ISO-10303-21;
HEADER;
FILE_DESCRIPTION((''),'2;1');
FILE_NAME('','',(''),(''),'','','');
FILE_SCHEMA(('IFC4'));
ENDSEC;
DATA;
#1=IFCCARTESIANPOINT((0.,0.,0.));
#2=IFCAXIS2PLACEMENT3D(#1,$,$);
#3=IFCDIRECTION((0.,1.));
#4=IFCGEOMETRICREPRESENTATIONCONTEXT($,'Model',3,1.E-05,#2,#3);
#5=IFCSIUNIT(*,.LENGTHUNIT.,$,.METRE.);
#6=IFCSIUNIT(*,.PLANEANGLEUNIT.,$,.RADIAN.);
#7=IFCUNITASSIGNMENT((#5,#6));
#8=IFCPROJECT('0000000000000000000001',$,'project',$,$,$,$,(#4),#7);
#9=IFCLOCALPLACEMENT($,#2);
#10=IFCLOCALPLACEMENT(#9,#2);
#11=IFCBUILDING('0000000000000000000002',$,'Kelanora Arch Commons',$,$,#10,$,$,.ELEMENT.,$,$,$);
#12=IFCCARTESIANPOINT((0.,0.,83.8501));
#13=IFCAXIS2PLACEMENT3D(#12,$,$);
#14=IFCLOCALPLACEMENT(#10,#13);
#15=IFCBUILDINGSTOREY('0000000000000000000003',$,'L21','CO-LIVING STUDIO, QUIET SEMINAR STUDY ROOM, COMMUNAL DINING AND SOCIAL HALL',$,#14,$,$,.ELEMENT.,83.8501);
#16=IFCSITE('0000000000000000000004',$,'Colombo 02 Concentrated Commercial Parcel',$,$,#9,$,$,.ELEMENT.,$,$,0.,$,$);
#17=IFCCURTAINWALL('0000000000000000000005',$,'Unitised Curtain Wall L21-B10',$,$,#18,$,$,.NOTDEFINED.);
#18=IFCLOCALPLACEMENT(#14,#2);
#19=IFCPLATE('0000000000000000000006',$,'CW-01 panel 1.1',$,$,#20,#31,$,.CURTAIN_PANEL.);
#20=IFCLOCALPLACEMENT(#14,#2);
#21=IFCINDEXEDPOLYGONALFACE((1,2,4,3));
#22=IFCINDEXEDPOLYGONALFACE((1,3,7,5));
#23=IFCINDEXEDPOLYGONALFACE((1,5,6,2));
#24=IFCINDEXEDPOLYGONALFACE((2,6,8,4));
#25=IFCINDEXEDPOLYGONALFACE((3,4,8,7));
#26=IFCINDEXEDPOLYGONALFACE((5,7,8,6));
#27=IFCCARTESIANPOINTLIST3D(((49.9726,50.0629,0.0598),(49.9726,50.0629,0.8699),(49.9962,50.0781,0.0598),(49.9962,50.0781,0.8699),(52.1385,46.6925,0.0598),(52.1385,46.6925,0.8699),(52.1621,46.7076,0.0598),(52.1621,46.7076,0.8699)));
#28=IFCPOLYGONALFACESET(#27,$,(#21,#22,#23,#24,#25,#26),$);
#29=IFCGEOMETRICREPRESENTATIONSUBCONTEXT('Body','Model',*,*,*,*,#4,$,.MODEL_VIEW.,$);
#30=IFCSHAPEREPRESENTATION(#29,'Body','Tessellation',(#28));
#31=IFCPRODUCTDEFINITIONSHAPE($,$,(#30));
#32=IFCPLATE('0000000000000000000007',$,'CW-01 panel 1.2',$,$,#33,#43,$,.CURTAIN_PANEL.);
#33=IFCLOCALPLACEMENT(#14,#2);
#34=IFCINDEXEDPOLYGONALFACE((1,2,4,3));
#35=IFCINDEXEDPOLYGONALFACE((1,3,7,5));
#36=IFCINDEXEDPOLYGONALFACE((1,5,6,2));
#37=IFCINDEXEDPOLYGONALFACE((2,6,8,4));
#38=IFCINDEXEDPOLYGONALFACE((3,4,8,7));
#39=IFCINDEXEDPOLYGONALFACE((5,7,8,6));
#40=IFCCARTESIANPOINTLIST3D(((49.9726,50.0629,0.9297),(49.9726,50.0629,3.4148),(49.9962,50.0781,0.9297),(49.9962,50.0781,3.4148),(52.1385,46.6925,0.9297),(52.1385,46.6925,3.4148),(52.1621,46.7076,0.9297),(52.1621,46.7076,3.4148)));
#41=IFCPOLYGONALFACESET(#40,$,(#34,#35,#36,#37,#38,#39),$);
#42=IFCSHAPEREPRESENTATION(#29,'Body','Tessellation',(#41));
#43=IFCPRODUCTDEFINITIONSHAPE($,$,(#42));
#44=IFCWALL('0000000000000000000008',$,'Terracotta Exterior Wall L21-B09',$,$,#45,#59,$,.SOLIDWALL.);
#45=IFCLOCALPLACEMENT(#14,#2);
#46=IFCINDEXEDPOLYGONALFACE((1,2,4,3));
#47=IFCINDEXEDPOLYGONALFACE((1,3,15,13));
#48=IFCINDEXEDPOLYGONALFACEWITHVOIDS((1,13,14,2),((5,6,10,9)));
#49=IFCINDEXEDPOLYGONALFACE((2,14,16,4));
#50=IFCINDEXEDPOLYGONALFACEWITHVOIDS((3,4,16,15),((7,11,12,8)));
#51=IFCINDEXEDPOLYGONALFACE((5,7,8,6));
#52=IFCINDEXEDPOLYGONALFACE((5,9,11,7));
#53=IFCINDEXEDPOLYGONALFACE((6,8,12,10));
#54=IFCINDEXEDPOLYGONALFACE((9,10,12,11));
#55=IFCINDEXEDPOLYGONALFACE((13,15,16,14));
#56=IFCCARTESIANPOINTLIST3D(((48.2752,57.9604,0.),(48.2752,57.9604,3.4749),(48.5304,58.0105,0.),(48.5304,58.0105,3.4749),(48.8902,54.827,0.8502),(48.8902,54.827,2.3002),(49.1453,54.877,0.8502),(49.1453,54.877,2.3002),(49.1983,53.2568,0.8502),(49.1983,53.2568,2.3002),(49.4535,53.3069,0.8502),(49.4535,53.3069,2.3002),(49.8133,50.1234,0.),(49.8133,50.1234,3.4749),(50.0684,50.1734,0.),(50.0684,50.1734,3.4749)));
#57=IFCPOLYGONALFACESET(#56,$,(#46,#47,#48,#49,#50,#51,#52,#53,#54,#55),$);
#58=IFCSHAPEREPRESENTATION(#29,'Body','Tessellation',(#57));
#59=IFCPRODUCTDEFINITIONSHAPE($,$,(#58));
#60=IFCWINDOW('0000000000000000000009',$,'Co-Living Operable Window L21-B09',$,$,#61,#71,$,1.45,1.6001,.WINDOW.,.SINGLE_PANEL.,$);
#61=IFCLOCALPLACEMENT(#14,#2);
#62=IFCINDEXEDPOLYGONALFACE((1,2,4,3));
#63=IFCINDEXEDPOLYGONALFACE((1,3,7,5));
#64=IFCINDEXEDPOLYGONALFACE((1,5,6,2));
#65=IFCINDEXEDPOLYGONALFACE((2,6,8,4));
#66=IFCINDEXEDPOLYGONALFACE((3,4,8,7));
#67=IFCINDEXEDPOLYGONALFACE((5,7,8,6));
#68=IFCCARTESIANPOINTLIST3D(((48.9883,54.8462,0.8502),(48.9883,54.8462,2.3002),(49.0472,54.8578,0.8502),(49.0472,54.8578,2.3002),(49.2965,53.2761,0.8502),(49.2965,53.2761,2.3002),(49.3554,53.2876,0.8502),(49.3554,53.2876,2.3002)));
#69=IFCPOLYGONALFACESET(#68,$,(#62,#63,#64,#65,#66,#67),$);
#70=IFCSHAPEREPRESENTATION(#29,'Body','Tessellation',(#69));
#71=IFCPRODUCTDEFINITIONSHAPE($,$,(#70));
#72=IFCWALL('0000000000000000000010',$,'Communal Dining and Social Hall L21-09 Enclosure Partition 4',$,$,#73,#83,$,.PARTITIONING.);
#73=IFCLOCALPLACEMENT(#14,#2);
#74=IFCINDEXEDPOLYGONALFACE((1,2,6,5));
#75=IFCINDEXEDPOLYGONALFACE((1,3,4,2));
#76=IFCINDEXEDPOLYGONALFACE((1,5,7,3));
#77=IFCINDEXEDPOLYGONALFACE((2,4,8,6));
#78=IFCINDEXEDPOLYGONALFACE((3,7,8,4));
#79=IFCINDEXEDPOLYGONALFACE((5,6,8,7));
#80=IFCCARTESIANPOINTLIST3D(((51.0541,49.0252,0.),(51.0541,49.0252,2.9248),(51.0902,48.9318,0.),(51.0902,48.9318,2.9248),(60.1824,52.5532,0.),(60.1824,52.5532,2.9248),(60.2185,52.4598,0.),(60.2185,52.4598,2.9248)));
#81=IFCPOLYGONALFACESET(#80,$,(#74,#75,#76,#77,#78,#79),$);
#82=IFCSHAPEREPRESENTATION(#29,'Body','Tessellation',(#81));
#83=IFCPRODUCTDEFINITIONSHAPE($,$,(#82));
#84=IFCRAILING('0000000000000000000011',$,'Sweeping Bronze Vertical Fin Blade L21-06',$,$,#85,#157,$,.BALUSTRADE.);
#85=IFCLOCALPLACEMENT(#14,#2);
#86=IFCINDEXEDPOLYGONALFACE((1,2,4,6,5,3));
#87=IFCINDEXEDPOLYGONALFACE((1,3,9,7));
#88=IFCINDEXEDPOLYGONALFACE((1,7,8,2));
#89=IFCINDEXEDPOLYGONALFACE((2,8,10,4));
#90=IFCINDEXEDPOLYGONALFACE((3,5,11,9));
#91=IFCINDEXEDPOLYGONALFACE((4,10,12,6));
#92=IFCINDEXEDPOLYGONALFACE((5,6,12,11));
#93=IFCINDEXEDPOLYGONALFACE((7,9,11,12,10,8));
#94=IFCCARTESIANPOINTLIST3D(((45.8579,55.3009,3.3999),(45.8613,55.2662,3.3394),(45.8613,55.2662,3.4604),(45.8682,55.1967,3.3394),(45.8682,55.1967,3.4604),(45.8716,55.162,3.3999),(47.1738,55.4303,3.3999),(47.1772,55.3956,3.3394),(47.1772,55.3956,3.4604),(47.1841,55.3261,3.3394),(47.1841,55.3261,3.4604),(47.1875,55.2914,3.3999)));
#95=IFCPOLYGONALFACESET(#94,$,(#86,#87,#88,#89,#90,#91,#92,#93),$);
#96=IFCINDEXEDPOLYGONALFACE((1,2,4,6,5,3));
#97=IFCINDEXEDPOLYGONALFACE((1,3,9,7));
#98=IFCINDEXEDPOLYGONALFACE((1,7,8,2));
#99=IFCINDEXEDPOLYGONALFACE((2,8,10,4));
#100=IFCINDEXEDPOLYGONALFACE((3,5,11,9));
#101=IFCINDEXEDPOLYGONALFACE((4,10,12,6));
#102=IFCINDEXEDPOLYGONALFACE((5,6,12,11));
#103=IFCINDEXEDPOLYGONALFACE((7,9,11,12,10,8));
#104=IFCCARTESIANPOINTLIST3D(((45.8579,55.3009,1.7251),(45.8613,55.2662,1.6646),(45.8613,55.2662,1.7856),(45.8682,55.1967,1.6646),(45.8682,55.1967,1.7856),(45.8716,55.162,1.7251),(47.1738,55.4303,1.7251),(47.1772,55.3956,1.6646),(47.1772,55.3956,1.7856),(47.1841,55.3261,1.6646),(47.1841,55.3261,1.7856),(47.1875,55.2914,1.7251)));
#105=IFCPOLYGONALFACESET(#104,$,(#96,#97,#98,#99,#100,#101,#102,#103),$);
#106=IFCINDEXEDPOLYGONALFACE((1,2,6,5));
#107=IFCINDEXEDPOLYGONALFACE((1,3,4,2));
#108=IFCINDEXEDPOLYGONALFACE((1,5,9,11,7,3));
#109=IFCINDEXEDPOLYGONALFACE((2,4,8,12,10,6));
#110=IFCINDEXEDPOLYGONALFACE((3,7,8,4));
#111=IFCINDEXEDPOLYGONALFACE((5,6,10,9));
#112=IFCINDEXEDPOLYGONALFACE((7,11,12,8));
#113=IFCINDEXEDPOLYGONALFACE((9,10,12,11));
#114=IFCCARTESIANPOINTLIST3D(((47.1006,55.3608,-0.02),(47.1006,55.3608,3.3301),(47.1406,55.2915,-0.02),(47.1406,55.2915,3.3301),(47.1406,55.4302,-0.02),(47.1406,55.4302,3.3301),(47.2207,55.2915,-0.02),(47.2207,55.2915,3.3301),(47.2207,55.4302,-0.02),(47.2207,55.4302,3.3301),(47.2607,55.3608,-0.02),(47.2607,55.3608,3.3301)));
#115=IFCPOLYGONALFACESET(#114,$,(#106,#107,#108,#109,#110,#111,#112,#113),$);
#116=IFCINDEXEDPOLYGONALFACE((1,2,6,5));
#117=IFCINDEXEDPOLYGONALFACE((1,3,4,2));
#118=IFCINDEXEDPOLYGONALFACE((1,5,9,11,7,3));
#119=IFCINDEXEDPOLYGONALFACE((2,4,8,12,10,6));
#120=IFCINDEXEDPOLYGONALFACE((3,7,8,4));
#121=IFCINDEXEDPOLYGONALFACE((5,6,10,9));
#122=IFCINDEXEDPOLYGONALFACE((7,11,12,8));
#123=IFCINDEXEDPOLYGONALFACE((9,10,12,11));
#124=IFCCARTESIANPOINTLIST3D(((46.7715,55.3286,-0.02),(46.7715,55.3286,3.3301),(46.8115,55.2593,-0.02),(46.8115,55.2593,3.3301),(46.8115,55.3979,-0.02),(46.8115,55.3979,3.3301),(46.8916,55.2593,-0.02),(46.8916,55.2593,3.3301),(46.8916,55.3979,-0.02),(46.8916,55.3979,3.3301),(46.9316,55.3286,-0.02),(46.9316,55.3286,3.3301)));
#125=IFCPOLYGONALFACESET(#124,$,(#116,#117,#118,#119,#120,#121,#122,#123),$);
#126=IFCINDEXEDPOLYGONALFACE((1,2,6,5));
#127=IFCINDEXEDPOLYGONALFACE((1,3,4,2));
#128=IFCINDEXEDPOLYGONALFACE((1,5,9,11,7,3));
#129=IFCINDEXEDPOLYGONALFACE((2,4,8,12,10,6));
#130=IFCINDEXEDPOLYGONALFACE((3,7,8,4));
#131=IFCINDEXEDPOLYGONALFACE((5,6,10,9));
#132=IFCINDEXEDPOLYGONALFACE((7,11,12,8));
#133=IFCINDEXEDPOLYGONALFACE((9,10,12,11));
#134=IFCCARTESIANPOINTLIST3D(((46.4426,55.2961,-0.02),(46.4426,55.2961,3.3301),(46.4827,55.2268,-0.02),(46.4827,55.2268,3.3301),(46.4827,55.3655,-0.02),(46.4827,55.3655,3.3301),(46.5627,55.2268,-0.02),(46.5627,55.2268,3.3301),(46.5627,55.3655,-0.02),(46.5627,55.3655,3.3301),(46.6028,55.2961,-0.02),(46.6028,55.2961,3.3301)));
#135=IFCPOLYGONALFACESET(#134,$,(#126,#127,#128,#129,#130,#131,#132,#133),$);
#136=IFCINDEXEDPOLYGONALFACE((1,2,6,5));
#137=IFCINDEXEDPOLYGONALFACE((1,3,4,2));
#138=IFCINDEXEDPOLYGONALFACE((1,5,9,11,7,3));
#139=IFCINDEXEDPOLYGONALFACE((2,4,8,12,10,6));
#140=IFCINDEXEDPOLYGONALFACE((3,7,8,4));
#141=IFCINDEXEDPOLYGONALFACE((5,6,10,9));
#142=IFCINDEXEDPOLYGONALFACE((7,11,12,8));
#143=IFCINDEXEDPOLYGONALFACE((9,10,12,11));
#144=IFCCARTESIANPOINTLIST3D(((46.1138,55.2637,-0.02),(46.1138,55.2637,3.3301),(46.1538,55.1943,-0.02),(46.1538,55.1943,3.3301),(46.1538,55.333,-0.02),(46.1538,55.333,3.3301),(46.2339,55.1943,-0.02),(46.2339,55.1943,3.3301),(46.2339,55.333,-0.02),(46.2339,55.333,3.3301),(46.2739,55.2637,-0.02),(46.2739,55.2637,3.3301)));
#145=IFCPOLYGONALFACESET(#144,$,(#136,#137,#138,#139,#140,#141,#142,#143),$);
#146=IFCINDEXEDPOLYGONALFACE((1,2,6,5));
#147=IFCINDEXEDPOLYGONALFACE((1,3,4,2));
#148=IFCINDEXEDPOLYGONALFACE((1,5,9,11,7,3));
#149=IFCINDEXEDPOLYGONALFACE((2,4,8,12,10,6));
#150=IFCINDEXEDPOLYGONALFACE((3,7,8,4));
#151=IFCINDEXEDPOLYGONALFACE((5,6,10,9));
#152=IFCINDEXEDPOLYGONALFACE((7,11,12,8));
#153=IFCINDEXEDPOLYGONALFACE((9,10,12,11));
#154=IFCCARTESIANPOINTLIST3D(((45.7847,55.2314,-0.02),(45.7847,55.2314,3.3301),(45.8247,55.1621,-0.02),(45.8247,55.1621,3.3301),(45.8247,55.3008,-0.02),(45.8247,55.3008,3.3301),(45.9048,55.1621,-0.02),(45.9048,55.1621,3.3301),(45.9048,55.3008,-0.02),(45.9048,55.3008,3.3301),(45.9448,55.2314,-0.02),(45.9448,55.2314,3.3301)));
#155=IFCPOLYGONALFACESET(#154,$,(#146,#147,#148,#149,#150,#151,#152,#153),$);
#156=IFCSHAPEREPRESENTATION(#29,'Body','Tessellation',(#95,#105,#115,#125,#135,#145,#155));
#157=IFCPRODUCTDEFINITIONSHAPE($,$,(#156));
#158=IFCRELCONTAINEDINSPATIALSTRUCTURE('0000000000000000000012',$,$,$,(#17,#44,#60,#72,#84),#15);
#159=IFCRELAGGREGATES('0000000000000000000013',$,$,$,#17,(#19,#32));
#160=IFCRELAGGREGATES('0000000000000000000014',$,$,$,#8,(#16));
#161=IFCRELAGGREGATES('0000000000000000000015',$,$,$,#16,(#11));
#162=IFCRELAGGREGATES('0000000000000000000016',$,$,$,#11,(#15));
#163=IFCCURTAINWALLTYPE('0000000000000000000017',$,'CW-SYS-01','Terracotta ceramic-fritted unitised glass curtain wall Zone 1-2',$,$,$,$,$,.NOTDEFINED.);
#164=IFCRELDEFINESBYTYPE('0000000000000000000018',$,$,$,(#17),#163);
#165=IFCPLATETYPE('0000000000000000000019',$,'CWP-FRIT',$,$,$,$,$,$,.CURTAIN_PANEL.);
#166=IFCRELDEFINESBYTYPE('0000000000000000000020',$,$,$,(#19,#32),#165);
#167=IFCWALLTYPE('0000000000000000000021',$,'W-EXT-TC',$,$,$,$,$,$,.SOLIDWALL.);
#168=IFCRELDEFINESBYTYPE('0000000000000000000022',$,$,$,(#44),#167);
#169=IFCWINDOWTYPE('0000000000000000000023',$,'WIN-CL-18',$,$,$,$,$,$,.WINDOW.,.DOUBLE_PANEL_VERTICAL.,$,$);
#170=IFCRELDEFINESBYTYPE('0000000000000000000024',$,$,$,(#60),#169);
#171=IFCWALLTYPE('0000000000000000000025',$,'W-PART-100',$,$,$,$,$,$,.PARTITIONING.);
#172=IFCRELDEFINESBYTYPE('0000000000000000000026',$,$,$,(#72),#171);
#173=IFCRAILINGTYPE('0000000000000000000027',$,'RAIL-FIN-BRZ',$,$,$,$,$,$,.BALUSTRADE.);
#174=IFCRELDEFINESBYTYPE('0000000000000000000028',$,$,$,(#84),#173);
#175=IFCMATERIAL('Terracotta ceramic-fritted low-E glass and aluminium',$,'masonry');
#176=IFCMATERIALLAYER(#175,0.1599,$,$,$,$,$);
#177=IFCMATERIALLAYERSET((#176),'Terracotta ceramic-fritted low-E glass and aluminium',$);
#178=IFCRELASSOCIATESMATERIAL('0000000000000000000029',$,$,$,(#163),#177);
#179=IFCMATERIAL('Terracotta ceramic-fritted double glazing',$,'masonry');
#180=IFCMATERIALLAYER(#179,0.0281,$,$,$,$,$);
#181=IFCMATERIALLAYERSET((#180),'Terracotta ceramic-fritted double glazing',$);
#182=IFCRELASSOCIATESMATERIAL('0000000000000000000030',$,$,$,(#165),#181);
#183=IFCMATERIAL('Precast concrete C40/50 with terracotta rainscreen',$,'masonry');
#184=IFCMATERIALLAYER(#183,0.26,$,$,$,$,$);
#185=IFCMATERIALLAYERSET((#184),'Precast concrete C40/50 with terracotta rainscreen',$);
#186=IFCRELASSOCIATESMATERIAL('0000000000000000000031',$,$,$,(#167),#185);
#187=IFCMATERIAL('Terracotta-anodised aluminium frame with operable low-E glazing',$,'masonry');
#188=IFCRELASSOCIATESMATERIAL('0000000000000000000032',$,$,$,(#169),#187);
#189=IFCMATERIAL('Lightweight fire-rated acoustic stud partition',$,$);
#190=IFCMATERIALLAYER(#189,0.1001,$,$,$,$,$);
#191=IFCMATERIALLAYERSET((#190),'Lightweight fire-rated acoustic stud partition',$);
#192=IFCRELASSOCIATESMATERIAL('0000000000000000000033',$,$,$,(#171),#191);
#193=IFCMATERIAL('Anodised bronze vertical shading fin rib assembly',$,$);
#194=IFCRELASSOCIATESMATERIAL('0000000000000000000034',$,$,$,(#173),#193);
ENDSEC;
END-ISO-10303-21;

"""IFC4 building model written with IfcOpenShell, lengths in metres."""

from ifc_helpers import new_model, si_unit, direction, frame, frame_2d, origin, origin_2d, place, context, subcontext, project, spatial, polyline, rectangle, outline, extrude, source, transform, mapped, material, layer, layer_set, type_object, element, fill, aggregate, save


model = new_model("IFC4")

# Units and contexts
model_context = context("Model", 3, precision=1e-05, world=origin(), true_north=direction((0.0, 1.0)))
body_context = subcontext(model_context, "Body", "Model", "MODEL_VIEW")
ifc_project = project(units=[si_unit("LENGTHUNIT", "METRE"), si_unit("PLANEANGLEUNIT", "RADIAN")], contexts=[model_context])

# Site, building, storey
site_placement = place(None, origin())
site = spatial("IfcSite", under=ifc_project, at=site_placement, Name="Colombo 02 Concentrated Commercial Parcel", CompositionType="ELEMENT", RefElevation=0.0)
building_placement = place(site_placement, origin())
building = spatial("IfcBuilding", under=site, at=building_placement, Name="Kelanora Arch Commons", CompositionType="ELEMENT")
storey_placement = place(building_placement, frame((0.0, 0.0, 83.8501)))
storey = spatial("IfcBuildingStorey", under=building, at=storey_placement, Name="L21", Description="CO-LIVING STUDIO, QUIET SEMINAR STUDY ROOM, COMMUNAL DINING AND SOCIAL HALL", CompositionType="ELEMENT", Elevation=83.8501)

# Curtain wall
ifc_material_1 = material(Name="Terracotta ceramic-fritted low-E glass and aluminium", Category="masonry")
ifc_layer_1 = layer(ifc_material_1, 0.1599)
ifc_layer_set_1 = layer_set([ifc_layer_1], Name="Terracotta ceramic-fritted low-E glass and aluminium")
curtain_wall_type = type_object("IfcCurtainWallType", Name="CW-SYS-01", Description="Terracotta ceramic-fritted unitised glass curtain wall Zone 1-2", PredefinedType="NOTDEFINED", material=ifc_layer_set_1)
curtain_wall_placement = place(storey_placement, origin())
curtain_wall = element("IfcCurtainWall", 1, at=curtain_wall_placement, inside=storey, type_object=curtain_wall_type, Name="Unitised Curtain Wall L21-B10", PredefinedType="NOTDEFINED")

# Plates
ifc_material_2 = material(Name="Terracotta ceramic-fritted double glazing", Category="masonry")
ifc_layer_2 = layer(ifc_material_2, 0.0281)
ifc_layer_set_2 = layer_set([ifc_layer_2], Name="Terracotta ceramic-fritted double glazing")
plate_type = type_object("IfcPlateType", Name="CWP-FRIT", PredefinedType="CURTAIN_PANEL", material=ifc_layer_set_2)
shared_shape_1 = source(origin(), body_context, "Body", "SweptSolid", [
    extrude(rectangle(XDim=4.0063, YDim=0.0281, at=origin_2d()), origin(), (0.0, 0.0, 1.0), 0.8101),
])
plate_1_placement = place(storey_placement, frame((51.0674, 48.3853, 0.0598), z_axis=(0.0, 0.0, 1.0), x_axis=(0.540617, -0.841269, 0.0)))
plate_1 = element("IfcPlate", 2, at=plate_1_placement, type_object=plate_type, Name="CW-01 panel 1.1", PredefinedType="CURTAIN_PANEL", context=body_context, shape_type="MappedRepresentation", body=[
    mapped(shared_shape_1, transform((0.0, 0.0, 0.0), scale=1.0)),
])
shared_shape_2 = source(origin(), body_context, "Body", "SweptSolid", [
    extrude(rectangle(XDim=4.0063, YDim=0.0281, at=origin_2d()), origin(), (0.0, 0.0, 1.0), 2.4851),
])
plate_2_placement = place(storey_placement, frame((51.0674, 48.3853, 0.9297), z_axis=(0.0, 0.0, 1.0), x_axis=(0.540617, -0.841269, 0.0)))
plate_2 = element("IfcPlate", 3, at=plate_2_placement, type_object=plate_type, Name="CW-01 panel 1.2", PredefinedType="CURTAIN_PANEL", context=body_context, shape_type="MappedRepresentation", body=[
    mapped(shared_shape_2, transform((0.0, 0.0, 0.0), scale=1.0)),
])
aggregate(curtain_wall, [plate_1, plate_2])

# Wall, opening, window
ifc_material_3 = material(Name="Precast concrete C40/50 with terracotta rainscreen", Category="masonry")
ifc_layer_3 = layer(ifc_material_3, 0.26)
ifc_layer_set_3 = layer_set([ifc_layer_3], Name="Precast concrete C40/50 with terracotta rainscreen")
wall_type_1 = type_object("IfcWallType", Name="W-EXT-TC", PredefinedType="SOLIDWALL", material=ifc_layer_set_3)
wall_1_placement = place(storey_placement, frame((48.4028, 57.9854, 0.0), z_axis=(0.0, 0.0, 1.0), x_axis=(0.192582, -0.981281, 0.0)))
wall_1 = element("IfcWall", 4, at=wall_1_placement, inside=storey, type_object=wall_type_1, Name="Terracotta Exterior Wall L21-B09", PredefinedType="SOLIDWALL", context=body_context, shape_type="SweptSolid", body=[
    extrude(rectangle(XDim=7.9866, YDim=0.26, at=frame_2d((3.9932, 0.0))), origin(), (0.0, 0.0, 1.0), 3.4749),
])
opening_placement = place(wall_1_placement, frame((3.1931, 0.0, 0.8501)))
opening = element("IfcOpeningElement", 5, at=opening_placement, cuts=wall_1, PredefinedType="OPENING", context=body_context, shape_type="SweptSolid", body=[
    extrude(rectangle(XDim=1.6001, YDim=1.45, at=frame_2d((0.8, 0.7251))), frame((0.0, 0.1401, 0.0), z_axis=(0.0, -1.0, 0.0), x_axis=(1.0, 0.0, 0.0)), (0.0, 0.0, 1.0), 0.28),
])
ifc_material_4 = material(Name="Terracotta-anodised aluminium frame with operable low-E glazing", Category="masonry")
window_type = type_object("IfcWindowType", Name="WIN-CL-18", PartitioningType="DOUBLE_PANEL_VERTICAL", PredefinedType="WINDOW", material=ifc_material_4)
window_placement = place(opening_placement, origin())
window = element("IfcWindow", 6, at=window_placement, inside=storey, type_object=window_type, Name="Co-Living Operable Window L21-B09", OverallHeight=1.45, OverallWidth=1.6001, PartitioningType="SINGLE_PANEL", PredefinedType="WINDOW", context=body_context, shape_type="SweptSolid", body=[
    extrude(rectangle(XDim=1.6001, YDim=1.45, at=frame_2d((0.8, 0.7251))), frame((0.0, 0.03, 0.0), z_axis=(0.0, -1.0, 0.0), x_axis=(1.0, 0.0, 0.0)), (0.0, 0.0, 1.0), 0.0601),
])
fill(opening, window)

# Wall
ifc_material_5 = material(Name="Lightweight fire-rated acoustic stud partition")
ifc_layer_4 = layer(ifc_material_5, 0.1001)
ifc_layer_set_4 = layer_set([ifc_layer_4], Name="Lightweight fire-rated acoustic stud partition")
wall_type_2 = type_object("IfcWallType", Name="W-PART-100", PredefinedType="PARTITIONING", material=ifc_layer_set_4)
wall_2_placement = place(storey_placement, frame((51.0723, 48.9785, 0.0), z_axis=(0.0, 0.0, 1.0), x_axis=(0.932757, 0.360505, 0.0)))
element("IfcWall", 7, at=wall_2_placement, inside=storey, type_object=wall_type_2, Name="Communal Dining and Social Hall L21-09 Enclosure Partition 4", PredefinedType="PARTITIONING", context=body_context, shape_type="SweptSolid", body=[
    extrude(rectangle(XDim=9.7864, YDim=0.1001, at=frame_2d((4.8931, 0.0))), origin(), (0.0, 0.0, 1.0), 2.9248),
])

# Railing
ifc_material_6 = material(Name="Anodised bronze vertical shading fin rib assembly")
railing_type = type_object("IfcRailingType", Name="RAIL-FIN-BRZ", PredefinedType="BALUSTRADE", material=ifc_material_6)
railing_1_placement = place(storey_placement, frame((47.1807, 55.3608, -0.02)))
element("IfcRailing", 8, at=railing_1_placement, inside=storey, type_object=railing_type, Name="Sweeping Bronze Vertical Fin Blade L21-06", PredefinedType="BALUSTRADE", context=body_context, shape_type="SweptSolid", body=[
    extrude(outline(polyline([(0.0698, 0.0), (0.0349, 0.0605), (-0.0349, 0.0605), (-0.0698, 0.0), (-0.0349, -0.0605), (0.0349, -0.0605), (0.0698, 0.0)])), frame((0.0, 0.0, 3.4199), z_axis=(-0.9952, -0.097858, 0.0), x_axis=(0.097858, -0.9952, 0.0)), (0.0, 0.0, 1.0), 1.3223),
    extrude(outline(polyline([(0.0698, 0.0), (0.0349, 0.0605), (-0.0349, 0.0605), (-0.0698, 0.0), (-0.0349, -0.0605), (0.0349, -0.0605), (0.0698, 0.0)])), frame((0.0, 0.0, 1.7451), z_axis=(-0.9952, -0.097858, 0.0), x_axis=(0.097858, -0.9952, 0.0)), (0.0, 0.0, 1.0), 1.3223),
    extrude(outline(polyline([(0.0801, 0.0), (0.04, 0.0693), (-0.04, 0.0693), (-0.0801, 0.0), (-0.04, -0.0693), (0.04, -0.0693), (0.0801, 0.0)])), origin(), (0.0, 0.0, 1.0), 3.3501),
    extrude(outline(polyline([(0.0801, 0.0), (0.04, 0.0693), (-0.04, 0.0693), (-0.0801, 0.0), (-0.04, -0.0693), (0.04, -0.0693), (0.0801, 0.0)])), frame((-0.3291, -0.0322, 0.0)), (0.0, 0.0, 1.0), 3.3501),
    extrude(outline(polyline([(0.0801, 0.0), (0.04, 0.0693), (-0.04, 0.0693), (-0.0801, 0.0), (-0.04, -0.0693), (0.04, -0.0693), (0.0801, 0.0)])), frame((-0.658, -0.0647, 0.0)), (0.0, 0.0, 1.0), 3.3501),
    extrude(outline(polyline([(0.0801, 0.0), (0.04, 0.0693), (-0.04, 0.0693), (-0.0801, 0.0), (-0.04, -0.0693), (0.04, -0.0693), (0.0801, 0.0)])), frame((-0.9868, -0.0972, 0.0)), (0.0, 0.0, 1.0), 3.3501),
    extrude(outline(polyline([(0.0801, 0.0), (0.04, 0.0693), (-0.04, 0.0693), (-0.0801, 0.0), (-0.04, -0.0693), (0.04, -0.0693), (0.0801, 0.0)])), frame((-1.3159, -0.1294, 0.0)), (0.0, 0.0, 1.0), 3.3501),
])

save(model, "model.ifc")
